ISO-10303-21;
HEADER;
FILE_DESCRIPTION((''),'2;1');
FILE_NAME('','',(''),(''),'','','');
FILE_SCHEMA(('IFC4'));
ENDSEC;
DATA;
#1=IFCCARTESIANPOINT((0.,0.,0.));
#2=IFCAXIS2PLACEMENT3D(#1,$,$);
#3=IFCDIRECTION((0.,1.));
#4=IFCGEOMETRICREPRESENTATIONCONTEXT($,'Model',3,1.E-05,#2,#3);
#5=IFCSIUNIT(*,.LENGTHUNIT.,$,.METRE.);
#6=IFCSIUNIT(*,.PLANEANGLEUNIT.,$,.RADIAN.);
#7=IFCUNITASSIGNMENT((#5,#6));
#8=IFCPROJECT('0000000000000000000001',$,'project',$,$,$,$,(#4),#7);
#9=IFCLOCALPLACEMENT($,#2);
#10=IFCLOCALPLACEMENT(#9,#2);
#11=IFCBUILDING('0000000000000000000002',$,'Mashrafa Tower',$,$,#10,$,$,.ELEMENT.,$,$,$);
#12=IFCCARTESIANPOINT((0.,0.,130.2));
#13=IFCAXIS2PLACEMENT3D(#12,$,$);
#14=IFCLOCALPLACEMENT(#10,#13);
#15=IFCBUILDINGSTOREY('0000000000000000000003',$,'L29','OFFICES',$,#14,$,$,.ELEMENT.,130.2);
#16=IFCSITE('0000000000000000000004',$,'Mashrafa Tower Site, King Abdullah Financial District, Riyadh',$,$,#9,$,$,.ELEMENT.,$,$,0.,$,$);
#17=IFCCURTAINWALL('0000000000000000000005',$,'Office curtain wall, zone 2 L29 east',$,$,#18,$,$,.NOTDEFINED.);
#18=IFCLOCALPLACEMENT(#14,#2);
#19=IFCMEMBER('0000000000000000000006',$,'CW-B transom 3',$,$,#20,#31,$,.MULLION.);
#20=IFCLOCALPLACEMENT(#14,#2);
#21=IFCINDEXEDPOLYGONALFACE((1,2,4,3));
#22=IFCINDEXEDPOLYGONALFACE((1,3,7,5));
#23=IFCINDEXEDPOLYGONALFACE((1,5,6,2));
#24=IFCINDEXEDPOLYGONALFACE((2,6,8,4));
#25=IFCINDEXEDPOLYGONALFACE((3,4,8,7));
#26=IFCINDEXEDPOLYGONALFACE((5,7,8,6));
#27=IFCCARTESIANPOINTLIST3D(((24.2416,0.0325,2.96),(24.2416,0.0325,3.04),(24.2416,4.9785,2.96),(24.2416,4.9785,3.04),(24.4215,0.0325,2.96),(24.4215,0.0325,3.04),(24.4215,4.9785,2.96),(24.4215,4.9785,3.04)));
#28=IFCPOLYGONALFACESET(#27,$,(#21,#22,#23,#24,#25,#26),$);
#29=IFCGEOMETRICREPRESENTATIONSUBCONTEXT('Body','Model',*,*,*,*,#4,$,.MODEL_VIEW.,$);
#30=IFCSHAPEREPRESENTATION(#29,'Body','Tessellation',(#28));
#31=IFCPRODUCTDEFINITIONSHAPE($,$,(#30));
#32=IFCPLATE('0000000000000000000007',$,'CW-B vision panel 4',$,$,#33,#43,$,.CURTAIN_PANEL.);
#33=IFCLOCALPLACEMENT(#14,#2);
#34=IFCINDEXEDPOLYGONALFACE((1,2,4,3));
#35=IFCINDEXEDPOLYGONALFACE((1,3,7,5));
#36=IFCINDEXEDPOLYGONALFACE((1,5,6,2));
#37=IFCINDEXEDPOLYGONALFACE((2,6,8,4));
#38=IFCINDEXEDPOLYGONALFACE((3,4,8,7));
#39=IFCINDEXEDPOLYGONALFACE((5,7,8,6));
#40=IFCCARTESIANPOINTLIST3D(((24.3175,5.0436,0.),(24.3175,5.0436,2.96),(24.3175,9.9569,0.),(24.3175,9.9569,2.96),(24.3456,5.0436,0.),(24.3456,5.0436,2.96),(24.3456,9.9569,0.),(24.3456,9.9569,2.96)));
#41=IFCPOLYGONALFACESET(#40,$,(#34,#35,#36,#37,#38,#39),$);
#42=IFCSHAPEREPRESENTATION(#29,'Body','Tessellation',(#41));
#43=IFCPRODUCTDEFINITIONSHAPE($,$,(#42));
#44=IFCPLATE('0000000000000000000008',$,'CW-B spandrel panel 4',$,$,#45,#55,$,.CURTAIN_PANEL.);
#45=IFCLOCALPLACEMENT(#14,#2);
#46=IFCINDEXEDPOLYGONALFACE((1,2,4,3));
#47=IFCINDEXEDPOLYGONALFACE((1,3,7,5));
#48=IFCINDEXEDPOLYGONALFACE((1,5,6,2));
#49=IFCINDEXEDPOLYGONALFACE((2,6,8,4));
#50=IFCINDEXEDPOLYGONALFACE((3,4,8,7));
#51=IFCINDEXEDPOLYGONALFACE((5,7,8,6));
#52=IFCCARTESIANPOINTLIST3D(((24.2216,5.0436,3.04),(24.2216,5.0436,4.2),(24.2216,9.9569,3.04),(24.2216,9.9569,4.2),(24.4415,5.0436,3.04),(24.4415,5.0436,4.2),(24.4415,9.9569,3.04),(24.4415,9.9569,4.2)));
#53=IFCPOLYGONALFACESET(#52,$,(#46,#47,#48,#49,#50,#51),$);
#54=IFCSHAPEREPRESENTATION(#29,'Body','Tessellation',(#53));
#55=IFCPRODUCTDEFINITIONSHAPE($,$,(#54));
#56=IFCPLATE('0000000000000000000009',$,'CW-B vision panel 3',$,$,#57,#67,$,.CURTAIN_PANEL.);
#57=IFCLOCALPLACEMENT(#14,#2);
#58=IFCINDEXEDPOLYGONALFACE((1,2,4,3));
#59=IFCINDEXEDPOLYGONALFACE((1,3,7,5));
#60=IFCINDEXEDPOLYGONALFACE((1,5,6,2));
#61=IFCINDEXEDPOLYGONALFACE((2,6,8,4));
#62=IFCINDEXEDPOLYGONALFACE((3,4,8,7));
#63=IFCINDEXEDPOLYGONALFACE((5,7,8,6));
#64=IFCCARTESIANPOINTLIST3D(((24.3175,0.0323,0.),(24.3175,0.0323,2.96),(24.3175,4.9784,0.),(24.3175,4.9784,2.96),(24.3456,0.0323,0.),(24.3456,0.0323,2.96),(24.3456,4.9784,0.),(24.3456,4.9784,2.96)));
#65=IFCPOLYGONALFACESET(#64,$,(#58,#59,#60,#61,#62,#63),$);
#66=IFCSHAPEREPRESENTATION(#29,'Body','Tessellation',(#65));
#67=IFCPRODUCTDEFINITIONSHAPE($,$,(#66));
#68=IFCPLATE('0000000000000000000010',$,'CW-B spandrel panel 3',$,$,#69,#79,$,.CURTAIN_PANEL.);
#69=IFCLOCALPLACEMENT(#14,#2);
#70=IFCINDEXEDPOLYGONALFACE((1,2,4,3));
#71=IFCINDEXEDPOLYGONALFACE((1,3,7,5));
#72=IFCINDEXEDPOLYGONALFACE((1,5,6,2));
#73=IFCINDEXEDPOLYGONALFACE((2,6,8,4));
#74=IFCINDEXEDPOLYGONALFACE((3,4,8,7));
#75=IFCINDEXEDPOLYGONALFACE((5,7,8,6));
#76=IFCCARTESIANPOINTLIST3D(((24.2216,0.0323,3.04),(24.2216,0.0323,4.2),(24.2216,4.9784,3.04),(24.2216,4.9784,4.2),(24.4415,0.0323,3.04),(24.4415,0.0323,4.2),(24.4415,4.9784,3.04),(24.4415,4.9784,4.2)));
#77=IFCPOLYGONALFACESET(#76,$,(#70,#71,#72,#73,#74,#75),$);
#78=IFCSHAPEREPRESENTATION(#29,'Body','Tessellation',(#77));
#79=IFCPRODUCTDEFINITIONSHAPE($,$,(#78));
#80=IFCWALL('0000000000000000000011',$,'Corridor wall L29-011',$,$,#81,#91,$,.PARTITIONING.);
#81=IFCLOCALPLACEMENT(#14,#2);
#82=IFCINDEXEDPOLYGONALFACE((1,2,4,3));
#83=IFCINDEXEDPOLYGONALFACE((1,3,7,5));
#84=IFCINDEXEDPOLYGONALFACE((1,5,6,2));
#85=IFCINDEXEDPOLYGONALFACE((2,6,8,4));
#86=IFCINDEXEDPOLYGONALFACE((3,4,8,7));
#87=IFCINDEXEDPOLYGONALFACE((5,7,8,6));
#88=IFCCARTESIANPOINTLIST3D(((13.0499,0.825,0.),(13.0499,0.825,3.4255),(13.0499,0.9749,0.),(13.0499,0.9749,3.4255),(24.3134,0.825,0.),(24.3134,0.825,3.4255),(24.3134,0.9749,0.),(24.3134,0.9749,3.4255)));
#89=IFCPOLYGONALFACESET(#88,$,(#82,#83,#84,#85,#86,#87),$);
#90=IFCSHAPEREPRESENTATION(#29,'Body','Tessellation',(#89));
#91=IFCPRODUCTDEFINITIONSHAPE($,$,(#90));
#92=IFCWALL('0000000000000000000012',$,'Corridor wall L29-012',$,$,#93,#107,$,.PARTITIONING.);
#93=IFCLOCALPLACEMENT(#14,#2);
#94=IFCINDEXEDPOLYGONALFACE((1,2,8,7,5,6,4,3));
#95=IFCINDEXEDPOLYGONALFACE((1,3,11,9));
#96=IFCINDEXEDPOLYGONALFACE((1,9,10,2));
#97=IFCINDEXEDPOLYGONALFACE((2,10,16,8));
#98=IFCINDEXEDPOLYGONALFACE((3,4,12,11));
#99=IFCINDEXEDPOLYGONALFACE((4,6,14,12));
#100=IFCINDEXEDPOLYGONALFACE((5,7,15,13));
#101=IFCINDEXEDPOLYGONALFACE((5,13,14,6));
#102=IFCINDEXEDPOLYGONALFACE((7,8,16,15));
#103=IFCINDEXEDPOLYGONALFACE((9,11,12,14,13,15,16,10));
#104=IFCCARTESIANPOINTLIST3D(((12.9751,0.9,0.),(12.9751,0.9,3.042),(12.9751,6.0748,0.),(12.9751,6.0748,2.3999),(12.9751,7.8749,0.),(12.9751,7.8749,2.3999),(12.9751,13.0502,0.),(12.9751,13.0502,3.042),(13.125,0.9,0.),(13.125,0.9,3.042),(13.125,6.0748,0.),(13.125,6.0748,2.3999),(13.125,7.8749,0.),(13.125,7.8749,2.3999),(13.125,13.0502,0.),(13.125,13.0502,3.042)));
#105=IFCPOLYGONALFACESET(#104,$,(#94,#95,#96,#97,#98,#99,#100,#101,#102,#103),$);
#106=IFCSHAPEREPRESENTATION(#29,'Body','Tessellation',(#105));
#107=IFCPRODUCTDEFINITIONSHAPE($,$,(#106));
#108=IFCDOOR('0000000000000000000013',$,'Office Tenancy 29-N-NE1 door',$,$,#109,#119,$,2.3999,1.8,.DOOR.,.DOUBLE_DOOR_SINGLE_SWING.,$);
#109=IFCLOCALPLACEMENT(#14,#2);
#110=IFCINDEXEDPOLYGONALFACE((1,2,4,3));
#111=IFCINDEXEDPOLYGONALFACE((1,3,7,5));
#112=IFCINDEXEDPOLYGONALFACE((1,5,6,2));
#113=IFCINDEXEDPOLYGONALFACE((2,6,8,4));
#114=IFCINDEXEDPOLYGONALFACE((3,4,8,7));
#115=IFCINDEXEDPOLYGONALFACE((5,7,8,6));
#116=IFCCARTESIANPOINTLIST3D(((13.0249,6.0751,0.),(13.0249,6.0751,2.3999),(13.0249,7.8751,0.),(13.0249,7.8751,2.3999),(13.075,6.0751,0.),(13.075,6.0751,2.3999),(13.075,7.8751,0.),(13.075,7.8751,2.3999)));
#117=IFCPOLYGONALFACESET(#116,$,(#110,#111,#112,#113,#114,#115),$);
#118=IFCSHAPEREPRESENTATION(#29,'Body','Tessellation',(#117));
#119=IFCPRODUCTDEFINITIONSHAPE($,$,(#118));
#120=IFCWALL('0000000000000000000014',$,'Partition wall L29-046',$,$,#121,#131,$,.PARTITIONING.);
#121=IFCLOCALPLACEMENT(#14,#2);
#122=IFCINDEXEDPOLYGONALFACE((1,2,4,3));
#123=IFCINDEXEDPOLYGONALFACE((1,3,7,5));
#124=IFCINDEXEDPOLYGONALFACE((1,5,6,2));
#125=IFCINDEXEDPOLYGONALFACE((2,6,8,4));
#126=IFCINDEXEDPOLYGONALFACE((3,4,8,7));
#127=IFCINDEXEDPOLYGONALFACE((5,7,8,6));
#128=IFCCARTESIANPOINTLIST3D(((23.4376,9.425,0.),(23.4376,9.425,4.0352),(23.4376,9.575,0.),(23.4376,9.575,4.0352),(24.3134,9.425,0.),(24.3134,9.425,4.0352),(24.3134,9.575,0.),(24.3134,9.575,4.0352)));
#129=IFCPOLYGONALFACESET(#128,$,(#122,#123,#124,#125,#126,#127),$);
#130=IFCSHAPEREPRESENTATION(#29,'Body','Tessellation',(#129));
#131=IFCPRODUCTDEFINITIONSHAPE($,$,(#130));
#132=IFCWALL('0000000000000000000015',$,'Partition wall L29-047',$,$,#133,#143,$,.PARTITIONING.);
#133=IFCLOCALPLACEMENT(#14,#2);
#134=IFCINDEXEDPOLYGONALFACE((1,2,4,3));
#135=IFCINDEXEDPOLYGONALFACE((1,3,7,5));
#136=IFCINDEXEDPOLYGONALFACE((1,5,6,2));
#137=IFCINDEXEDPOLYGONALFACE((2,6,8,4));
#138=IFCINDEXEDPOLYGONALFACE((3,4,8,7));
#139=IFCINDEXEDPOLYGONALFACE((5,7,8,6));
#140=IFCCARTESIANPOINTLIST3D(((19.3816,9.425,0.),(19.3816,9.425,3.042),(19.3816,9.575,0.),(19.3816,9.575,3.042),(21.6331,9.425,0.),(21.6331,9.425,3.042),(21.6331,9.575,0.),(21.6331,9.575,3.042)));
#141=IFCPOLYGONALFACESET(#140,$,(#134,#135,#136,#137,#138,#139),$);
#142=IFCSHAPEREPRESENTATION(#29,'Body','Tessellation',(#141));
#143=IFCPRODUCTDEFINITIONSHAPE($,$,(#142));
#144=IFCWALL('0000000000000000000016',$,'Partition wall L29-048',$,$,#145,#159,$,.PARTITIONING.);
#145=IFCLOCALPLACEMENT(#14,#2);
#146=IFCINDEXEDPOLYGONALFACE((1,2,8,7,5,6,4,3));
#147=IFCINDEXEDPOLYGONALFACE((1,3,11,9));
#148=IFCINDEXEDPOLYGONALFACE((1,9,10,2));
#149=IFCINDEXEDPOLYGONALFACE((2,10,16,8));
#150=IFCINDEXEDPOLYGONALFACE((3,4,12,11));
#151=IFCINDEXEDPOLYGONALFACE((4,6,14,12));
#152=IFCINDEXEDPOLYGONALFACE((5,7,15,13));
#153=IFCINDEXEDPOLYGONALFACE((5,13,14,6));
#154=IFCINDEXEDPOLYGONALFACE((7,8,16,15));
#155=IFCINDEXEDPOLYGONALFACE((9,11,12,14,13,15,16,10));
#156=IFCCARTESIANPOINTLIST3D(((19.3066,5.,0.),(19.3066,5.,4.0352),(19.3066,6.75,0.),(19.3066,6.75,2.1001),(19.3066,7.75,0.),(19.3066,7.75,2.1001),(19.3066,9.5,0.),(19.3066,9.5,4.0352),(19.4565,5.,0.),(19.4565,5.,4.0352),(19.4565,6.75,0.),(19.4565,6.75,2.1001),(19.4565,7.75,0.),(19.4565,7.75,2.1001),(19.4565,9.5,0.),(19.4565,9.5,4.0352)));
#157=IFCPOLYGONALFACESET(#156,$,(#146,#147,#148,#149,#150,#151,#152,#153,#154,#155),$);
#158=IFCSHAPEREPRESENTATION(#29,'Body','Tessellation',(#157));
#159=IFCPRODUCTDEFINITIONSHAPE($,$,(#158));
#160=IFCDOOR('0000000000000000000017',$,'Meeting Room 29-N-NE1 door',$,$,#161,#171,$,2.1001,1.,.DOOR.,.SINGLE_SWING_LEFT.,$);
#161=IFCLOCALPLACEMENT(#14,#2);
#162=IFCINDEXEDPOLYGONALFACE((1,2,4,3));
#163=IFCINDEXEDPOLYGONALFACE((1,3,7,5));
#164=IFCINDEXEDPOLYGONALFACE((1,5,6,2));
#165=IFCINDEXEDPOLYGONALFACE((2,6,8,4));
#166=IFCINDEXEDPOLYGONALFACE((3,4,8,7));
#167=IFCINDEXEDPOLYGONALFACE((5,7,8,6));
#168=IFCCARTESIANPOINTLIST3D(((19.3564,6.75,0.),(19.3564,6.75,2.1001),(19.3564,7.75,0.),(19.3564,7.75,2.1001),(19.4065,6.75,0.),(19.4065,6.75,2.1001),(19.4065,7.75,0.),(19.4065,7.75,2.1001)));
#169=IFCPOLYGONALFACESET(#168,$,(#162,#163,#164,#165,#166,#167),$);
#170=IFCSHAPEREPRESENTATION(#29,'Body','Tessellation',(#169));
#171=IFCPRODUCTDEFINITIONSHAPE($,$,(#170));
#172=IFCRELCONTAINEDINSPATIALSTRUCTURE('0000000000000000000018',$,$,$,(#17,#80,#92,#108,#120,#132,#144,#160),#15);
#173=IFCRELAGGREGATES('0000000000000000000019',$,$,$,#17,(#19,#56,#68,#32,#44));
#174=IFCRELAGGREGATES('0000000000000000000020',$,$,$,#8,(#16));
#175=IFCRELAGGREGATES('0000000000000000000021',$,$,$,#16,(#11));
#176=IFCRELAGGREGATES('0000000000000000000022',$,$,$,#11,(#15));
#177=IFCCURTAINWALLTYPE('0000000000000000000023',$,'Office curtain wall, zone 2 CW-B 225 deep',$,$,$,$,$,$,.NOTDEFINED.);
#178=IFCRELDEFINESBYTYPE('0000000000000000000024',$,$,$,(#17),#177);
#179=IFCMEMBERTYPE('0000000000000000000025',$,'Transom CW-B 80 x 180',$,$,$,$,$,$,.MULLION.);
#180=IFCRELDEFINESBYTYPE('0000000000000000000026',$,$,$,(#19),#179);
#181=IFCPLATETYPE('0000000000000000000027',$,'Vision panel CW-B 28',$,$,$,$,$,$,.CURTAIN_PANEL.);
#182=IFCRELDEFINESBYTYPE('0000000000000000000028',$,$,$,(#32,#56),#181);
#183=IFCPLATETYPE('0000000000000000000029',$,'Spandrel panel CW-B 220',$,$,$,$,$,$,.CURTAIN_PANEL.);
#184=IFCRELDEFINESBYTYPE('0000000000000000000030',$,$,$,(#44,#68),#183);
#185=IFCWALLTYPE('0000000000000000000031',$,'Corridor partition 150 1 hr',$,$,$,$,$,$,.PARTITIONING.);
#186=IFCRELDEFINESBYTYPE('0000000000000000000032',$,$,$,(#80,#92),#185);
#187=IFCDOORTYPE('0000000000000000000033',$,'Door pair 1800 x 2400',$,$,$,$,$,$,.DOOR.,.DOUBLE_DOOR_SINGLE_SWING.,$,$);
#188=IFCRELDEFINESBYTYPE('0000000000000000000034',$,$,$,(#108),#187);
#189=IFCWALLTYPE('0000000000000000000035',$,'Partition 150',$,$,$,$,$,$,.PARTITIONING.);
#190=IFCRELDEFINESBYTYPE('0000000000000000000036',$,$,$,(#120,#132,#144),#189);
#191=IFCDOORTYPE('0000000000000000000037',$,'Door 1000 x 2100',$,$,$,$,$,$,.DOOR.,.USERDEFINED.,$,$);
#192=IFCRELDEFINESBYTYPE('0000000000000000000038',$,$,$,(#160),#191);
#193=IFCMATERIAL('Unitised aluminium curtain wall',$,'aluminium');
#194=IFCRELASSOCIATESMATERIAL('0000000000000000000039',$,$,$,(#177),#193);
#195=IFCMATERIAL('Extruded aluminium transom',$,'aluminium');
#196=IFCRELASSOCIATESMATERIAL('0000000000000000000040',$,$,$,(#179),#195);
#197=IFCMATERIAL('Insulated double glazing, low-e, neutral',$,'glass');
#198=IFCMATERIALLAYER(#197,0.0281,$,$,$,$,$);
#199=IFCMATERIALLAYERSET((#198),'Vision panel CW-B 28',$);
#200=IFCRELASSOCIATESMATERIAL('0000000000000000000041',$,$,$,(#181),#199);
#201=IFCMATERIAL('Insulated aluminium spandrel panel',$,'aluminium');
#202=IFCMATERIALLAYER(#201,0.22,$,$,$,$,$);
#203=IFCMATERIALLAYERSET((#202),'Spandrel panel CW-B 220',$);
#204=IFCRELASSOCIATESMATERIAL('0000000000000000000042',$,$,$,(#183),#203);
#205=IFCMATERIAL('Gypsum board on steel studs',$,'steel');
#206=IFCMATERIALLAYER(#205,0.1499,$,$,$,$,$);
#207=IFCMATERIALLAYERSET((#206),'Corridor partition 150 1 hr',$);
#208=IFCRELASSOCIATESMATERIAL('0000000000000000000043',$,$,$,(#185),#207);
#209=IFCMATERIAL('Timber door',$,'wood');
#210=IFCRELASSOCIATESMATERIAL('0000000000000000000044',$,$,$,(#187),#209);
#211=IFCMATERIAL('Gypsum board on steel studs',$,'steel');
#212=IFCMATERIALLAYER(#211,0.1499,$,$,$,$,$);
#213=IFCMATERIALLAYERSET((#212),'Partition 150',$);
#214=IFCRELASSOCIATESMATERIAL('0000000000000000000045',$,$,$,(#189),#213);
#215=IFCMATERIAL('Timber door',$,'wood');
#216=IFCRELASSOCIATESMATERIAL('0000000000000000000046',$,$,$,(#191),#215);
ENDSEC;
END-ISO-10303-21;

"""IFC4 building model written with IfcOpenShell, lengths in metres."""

from ifc_helpers import new_model, si_unit, direction, frame, frame_2d, origin, origin_2d, place, context, subcontext, project, spatial, rectangle, extrude, source, transform, mapped, material, layer, layer_set, material_profile, profile_set, type_object, type_shapes, element, fill, aggregate, save


model = new_model("IFC4")

# Units and contexts
model_context = context("Model", 3, precision=1e-05, world=origin(), true_north=direction((0.0, 1.0)))
body_context = subcontext(model_context, "Body", "Model", "MODEL_VIEW")
ifc_project = project(units=[si_unit("LENGTHUNIT", "METRE"), si_unit("PLANEANGLEUNIT", "RADIAN")], contexts=[model_context])

# Site, building, storey
site_placement = place(None, origin())
site = spatial("IfcSite", under=ifc_project, at=site_placement, Name="Mashrafa Tower Site, King Abdullah Financial District, Riyadh", CompositionType="ELEMENT", RefElevation=0.0)
building_placement = place(site_placement, origin())
building = spatial("IfcBuilding", under=site, at=building_placement, Name="Mashrafa Tower", CompositionType="ELEMENT")
storey_placement = place(building_placement, frame((0.0, 0.0, 130.2)))
storey = spatial("IfcBuildingStorey", under=building, at=storey_placement, Name="L29", Description="OFFICES", CompositionType="ELEMENT", Elevation=130.2)

# Curtain wall
ifc_material_1 = material(Name="Unitised aluminium curtain wall", Category="aluminium")
curtain_wall_type = type_object("IfcCurtainWallType", Name="Office curtain wall, zone 2 CW-B 225 deep", PredefinedType="NOTDEFINED", material=ifc_material_1)
curtain_wall_1_placement = place(storey_placement, origin())
curtain_wall_1 = element("IfcCurtainWall", 1, at=curtain_wall_1_placement, inside=storey, type_object=curtain_wall_type, Name="Office curtain wall, zone 2 L29 east", PredefinedType="NOTDEFINED")

# Member
ifc_material_2 = material(Name="Extruded aluminium transom", Category="aluminium")
ifc_material_profile_1 = material_profile(ifc_material_2, rectangle(XDim=0.1799, YDim=0.0801, at=origin_2d()), Name="Transom 80x180")
ifc_profile_set_1 = profile_set([ifc_material_profile_1], Name="Extruded aluminium transom")
member_type_1 = type_object("IfcMemberType", Name="Transom CW-B 80 x 180", PredefinedType="MULLION", material=ifc_profile_set_1)
shared_shape_1 = source(origin(), body_context, "Body", "SweptSolid", [
    extrude(rectangle(XDim=0.1799, YDim=0.0801, at=origin_2d()), origin(), (0.0, 0.0, 1.0), 4.946),
])
member_1_placement = place(storey_placement, frame((24.3315, 0.0325, 3.0), z_axis=(0.0, 1.0, 0.0), x_axis=(-1.0, 0.0, 0.0)))
member_1 = element("IfcMember", 2, at=member_1_placement, type_object=member_type_1, Name="CW-B transom 3", PredefinedType="MULLION", context=body_context, shape_type="MappedRepresentation", body=[
    mapped(shared_shape_1, transform((0.0, 0.0, 0.0))),
])

# Plates
ifc_material_3 = material(Name="Insulated double glazing, low-e, neutral", Category="glass")
ifc_layer_1 = layer(ifc_material_3, 0.0281)
ifc_layer_set_1 = layer_set([ifc_layer_1], Name="Vision panel CW-B 28")
plate_type_1 = type_object("IfcPlateType", Name="Vision panel CW-B 28", PredefinedType="CURTAIN_PANEL", material=ifc_layer_set_1)
shared_shape_2 = source(origin(), body_context, "Body", "SweptSolid", [
    extrude(rectangle(XDim=4.9133, YDim=0.0281, at=origin_2d()), origin(), (0.0, 0.0, 1.0), 2.96),
])
plate_1_placement = place(storey_placement, frame((24.3315, 7.5002, 0.0), z_axis=(0.0, 0.0, 1.0), x_axis=(0.0, 1.0, 0.0)))
plate_1 = element("IfcPlate", 3, at=plate_1_placement, type_object=plate_type_1, Name="CW-B vision panel 4", PredefinedType="CURTAIN_PANEL", context=body_context, shape_type="MappedRepresentation", body=[
    mapped(shared_shape_2, transform((0.0, 0.0, 0.0))),
])
ifc_material_4 = material(Name="Insulated aluminium spandrel panel", Category="aluminium")
ifc_layer_2 = layer(ifc_material_4, 0.22)
ifc_layer_set_2 = layer_set([ifc_layer_2], Name="Spandrel panel CW-B 220")
plate_type_2 = type_object("IfcPlateType", Name="Spandrel panel CW-B 220", PredefinedType="CURTAIN_PANEL", material=ifc_layer_set_2)
shared_shape_3 = source(origin(), body_context, "Body", "SweptSolid", [
    extrude(rectangle(XDim=4.9133, YDim=0.22, at=origin_2d()), origin(), (0.0, 0.0, 1.0), 1.1599),
])
plate_2_placement = place(storey_placement, frame((24.3315, 7.5002, 3.04), z_axis=(0.0, 0.0, 1.0), x_axis=(0.0, 1.0, 0.0)))
plate_2 = element("IfcPlate", 4, at=plate_2_placement, type_object=plate_type_2, Name="CW-B spandrel panel 4", PredefinedType="CURTAIN_PANEL", context=body_context, shape_type="MappedRepresentation", body=[
    mapped(shared_shape_3, transform((0.0, 0.0, 0.0))),
])
shared_shape_4 = source(origin(), body_context, "Body", "SweptSolid", [
    extrude(rectangle(XDim=4.946, YDim=0.0281, at=origin_2d()), origin(), (0.0, 0.0, 1.0), 2.96),
])
type_shapes(plate_type_1, [shared_shape_2, shared_shape_4])
plate_3_placement = place(storey_placement, frame((24.3315, 2.5054, 0.0), z_axis=(0.0, 0.0, 1.0), x_axis=(0.0, 1.0, 0.0)))
plate_3 = element("IfcPlate", 5, at=plate_3_placement, type_object=plate_type_1, Name="CW-B vision panel 3", PredefinedType="CURTAIN_PANEL", context=body_context, shape_type="MappedRepresentation", body=[
    mapped(shared_shape_4, transform((0.0, 0.0, 0.0))),
])
shared_shape_5 = source(origin(), body_context, "Body", "SweptSolid", [
    extrude(rectangle(XDim=4.946, YDim=0.22, at=origin_2d()), origin(), (0.0, 0.0, 1.0), 1.1599),
])
type_shapes(plate_type_2, [shared_shape_3, shared_shape_5])
plate_4_placement = place(storey_placement, frame((24.3315, 2.5054, 3.04), z_axis=(0.0, 0.0, 1.0), x_axis=(0.0, 1.0, 0.0)))
plate_4 = element("IfcPlate", 6, at=plate_4_placement, type_object=plate_type_2, Name="CW-B spandrel panel 3", PredefinedType="CURTAIN_PANEL", context=body_context, shape_type="MappedRepresentation", body=[
    mapped(shared_shape_5, transform((0.0, 0.0, 0.0))),
])
aggregate(curtain_wall_1, [member_1, plate_3, plate_4, plate_1, plate_2])

# Wall
ifc_material_5 = material(Name="Gypsum board on steel studs", Category="steel")
ifc_layer_3 = layer(ifc_material_5, 0.1499)
ifc_layer_set_3 = layer_set([ifc_layer_3], Name="Corridor partition 150 1 hr")
wall_type_1 = type_object("IfcWallType", Name="Corridor partition 150 1 hr", PredefinedType="PARTITIONING", material=ifc_layer_set_3)
wall_1_placement = place(storey_placement, frame((24.3135, 0.8999, 0.0), z_axis=(0.0, 0.0, 1.0), x_axis=(-1.0, 0.0, 0.0)))
element("IfcWall", 7, at=wall_1_placement, inside=storey, type_object=wall_type_1, Name="Corridor wall L29-011", PredefinedType="PARTITIONING", context=body_context, shape_type="SweptSolid", body=[
    extrude(rectangle(XDim=11.2634, YDim=0.1499, at=frame_2d((5.6318, 0.0))), origin(), (0.0, 0.0, 1.0), 3.4255),
])

# Wall, opening, door
wall_2_placement = place(storey_placement, frame((13.05, 0.8999, 0.0), z_axis=(0.0, 0.0, 1.0), x_axis=(0.0, 1.0, 0.0)))
wall_2 = element("IfcWall", 8, at=wall_2_placement, inside=storey, type_object=wall_type_1, Name="Corridor wall L29-012", PredefinedType="PARTITIONING", context=body_context, shape_type="SweptSolid", body=[
    extrude(rectangle(XDim=12.1501, YDim=0.1499, at=frame_2d((6.0752, 0.0))), origin(), (0.0, 0.0, 1.0), 3.042),
])
opening_1_placement = place(wall_2_placement, frame((5.175, 0.0, 0.0)))
opening_1 = element("IfcOpeningElement", 9, at=opening_1_placement, cuts=wall_2, PredefinedType="OPENING", context=body_context, shape_type="SweptSolid", body=[
    extrude(rectangle(XDim=1.8, YDim=2.3999, at=frame_2d((0.8999, 1.2))), frame((0.0, 0.085, 0.0), z_axis=(0.0, -1.0, 0.0), x_axis=(1.0, 0.0, 0.0)), (0.0, 0.0, 1.0), 0.1699),
])
ifc_material_6 = material(Name="Timber door", Category="wood")
door_type_1 = type_object("IfcDoorType", Name="Door pair 1800 x 2400", OperationType="DOUBLE_DOOR_SINGLE_SWING", PredefinedType="DOOR", material=ifc_material_6)
door_1_placement = place(opening_1_placement, frame((1.8, 0.0, 0.0), z_axis=(0.0, 0.0, 1.0), x_axis=(-1.0, 0.0, 0.0)))
door_1 = element("IfcDoor", 10, at=door_1_placement, inside=storey, type_object=door_type_1, Name="Office Tenancy 29-N-NE1 door", OperationType="DOUBLE_DOOR_SINGLE_SWING", OverallHeight=2.3999, OverallWidth=1.8, PredefinedType="DOOR", context=body_context, shape_type="SweptSolid", body=[
    extrude(rectangle(XDim=1.8, YDim=2.3999, at=frame_2d((0.8999, 1.2))), frame((0.0, 0.0249, 0.0), z_axis=(0.0, -1.0, 0.0), x_axis=(1.0, 0.0, 0.0)), (0.0, 0.0, 1.0), 0.05),
])
fill(opening_1, door_1)

# Walls
ifc_material_7 = material(Name="Gypsum board on steel studs", Category="steel")
ifc_layer_4 = layer(ifc_material_7, 0.1499)
ifc_layer_set_4 = layer_set([ifc_layer_4], Name="Partition 150")
wall_type_2 = type_object("IfcWallType", Name="Partition 150", PredefinedType="PARTITIONING", material=ifc_layer_set_4)
wall_3_placement = place(storey_placement, frame((24.3135, 9.5, 0.0), z_axis=(0.0, 0.0, 1.0), x_axis=(-1.0, 0.0, 0.0)))
element("IfcWall", 11, at=wall_3_placement, inside=storey, type_object=wall_type_2, Name="Partition wall L29-046", PredefinedType="PARTITIONING", context=body_context, shape_type="SweptSolid", body=[
    extrude(rectangle(XDim=0.8757, YDim=0.1499, at=frame_2d((0.438, 0.0))), origin(), (0.0, 0.0, 1.0), 4.0352),
])
wall_4_placement = place(storey_placement, frame((21.6331, 9.5, 0.0), z_axis=(0.0, 0.0, 1.0), x_axis=(-1.0, 0.0, 0.0)))
element("IfcWall", 12, at=wall_4_placement, inside=storey, type_object=wall_type_2, Name="Partition wall L29-047", PredefinedType="PARTITIONING", context=body_context, shape_type="SweptSolid", body=[
    extrude(rectangle(XDim=2.2515, YDim=0.1499, at=frame_2d((1.1257, 0.0))), origin(), (0.0, 0.0, 1.0), 3.042),
])

# Wall, opening, door
wall_5_placement = place(storey_placement, frame((19.3816, 9.5, 0.0), z_axis=(0.0, 0.0, 1.0), x_axis=(0.0, -1.0, 0.0)))
wall_5 = element("IfcWall", 13, at=wall_5_placement, inside=storey, type_object=wall_type_2, Name="Partition wall L29-048", PredefinedType="PARTITIONING", context=body_context, shape_type="SweptSolid", body=[
    extrude(rectangle(XDim=4.5, YDim=0.1499, at=frame_2d((2.25, 0.0))), origin(), (0.0, 0.0, 1.0), 4.0352),
])
opening_2_placement = place(wall_5_placement, frame((1.75, 0.0, 0.0)))
opening_2 = element("IfcOpeningElement", 14, at=opening_2_placement, cuts=wall_5, PredefinedType="OPENING", context=body_context, shape_type="SweptSolid", body=[
    extrude(rectangle(XDim=1.0, YDim=2.1001, at=frame_2d((0.5, 1.05))), frame((0.0, 0.085, 0.0), z_axis=(0.0, -1.0, 0.0), x_axis=(1.0, 0.0, 0.0)), (0.0, 0.0, 1.0), 0.1699),
])
ifc_material_8 = material(Name="Timber door", Category="wood")
door_type_2 = type_object("IfcDoorType", Name="Door 1000 x 2100", OperationType="USERDEFINED", PredefinedType="DOOR", material=ifc_material_8)
door_2_placement = place(opening_2_placement, origin())
door_2 = element("IfcDoor", 15, at=door_2_placement, inside=storey, type_object=door_type_2, Name="Meeting Room 29-N-NE1 door", OperationType="SINGLE_SWING_LEFT", OverallHeight=2.1001, OverallWidth=1.0, PredefinedType="DOOR", context=body_context, shape_type="SweptSolid", body=[
    extrude(rectangle(XDim=1.0, YDim=2.1001, at=frame_2d((0.5, 1.05))), frame((0.0, 0.0249, 0.0), z_axis=(0.0, -1.0, 0.0), x_axis=(1.0, 0.0, 0.0)), (0.0, 0.0, 1.0), 0.05),
])
fill(opening_2, door_2)

save(model, "model.ifc")
